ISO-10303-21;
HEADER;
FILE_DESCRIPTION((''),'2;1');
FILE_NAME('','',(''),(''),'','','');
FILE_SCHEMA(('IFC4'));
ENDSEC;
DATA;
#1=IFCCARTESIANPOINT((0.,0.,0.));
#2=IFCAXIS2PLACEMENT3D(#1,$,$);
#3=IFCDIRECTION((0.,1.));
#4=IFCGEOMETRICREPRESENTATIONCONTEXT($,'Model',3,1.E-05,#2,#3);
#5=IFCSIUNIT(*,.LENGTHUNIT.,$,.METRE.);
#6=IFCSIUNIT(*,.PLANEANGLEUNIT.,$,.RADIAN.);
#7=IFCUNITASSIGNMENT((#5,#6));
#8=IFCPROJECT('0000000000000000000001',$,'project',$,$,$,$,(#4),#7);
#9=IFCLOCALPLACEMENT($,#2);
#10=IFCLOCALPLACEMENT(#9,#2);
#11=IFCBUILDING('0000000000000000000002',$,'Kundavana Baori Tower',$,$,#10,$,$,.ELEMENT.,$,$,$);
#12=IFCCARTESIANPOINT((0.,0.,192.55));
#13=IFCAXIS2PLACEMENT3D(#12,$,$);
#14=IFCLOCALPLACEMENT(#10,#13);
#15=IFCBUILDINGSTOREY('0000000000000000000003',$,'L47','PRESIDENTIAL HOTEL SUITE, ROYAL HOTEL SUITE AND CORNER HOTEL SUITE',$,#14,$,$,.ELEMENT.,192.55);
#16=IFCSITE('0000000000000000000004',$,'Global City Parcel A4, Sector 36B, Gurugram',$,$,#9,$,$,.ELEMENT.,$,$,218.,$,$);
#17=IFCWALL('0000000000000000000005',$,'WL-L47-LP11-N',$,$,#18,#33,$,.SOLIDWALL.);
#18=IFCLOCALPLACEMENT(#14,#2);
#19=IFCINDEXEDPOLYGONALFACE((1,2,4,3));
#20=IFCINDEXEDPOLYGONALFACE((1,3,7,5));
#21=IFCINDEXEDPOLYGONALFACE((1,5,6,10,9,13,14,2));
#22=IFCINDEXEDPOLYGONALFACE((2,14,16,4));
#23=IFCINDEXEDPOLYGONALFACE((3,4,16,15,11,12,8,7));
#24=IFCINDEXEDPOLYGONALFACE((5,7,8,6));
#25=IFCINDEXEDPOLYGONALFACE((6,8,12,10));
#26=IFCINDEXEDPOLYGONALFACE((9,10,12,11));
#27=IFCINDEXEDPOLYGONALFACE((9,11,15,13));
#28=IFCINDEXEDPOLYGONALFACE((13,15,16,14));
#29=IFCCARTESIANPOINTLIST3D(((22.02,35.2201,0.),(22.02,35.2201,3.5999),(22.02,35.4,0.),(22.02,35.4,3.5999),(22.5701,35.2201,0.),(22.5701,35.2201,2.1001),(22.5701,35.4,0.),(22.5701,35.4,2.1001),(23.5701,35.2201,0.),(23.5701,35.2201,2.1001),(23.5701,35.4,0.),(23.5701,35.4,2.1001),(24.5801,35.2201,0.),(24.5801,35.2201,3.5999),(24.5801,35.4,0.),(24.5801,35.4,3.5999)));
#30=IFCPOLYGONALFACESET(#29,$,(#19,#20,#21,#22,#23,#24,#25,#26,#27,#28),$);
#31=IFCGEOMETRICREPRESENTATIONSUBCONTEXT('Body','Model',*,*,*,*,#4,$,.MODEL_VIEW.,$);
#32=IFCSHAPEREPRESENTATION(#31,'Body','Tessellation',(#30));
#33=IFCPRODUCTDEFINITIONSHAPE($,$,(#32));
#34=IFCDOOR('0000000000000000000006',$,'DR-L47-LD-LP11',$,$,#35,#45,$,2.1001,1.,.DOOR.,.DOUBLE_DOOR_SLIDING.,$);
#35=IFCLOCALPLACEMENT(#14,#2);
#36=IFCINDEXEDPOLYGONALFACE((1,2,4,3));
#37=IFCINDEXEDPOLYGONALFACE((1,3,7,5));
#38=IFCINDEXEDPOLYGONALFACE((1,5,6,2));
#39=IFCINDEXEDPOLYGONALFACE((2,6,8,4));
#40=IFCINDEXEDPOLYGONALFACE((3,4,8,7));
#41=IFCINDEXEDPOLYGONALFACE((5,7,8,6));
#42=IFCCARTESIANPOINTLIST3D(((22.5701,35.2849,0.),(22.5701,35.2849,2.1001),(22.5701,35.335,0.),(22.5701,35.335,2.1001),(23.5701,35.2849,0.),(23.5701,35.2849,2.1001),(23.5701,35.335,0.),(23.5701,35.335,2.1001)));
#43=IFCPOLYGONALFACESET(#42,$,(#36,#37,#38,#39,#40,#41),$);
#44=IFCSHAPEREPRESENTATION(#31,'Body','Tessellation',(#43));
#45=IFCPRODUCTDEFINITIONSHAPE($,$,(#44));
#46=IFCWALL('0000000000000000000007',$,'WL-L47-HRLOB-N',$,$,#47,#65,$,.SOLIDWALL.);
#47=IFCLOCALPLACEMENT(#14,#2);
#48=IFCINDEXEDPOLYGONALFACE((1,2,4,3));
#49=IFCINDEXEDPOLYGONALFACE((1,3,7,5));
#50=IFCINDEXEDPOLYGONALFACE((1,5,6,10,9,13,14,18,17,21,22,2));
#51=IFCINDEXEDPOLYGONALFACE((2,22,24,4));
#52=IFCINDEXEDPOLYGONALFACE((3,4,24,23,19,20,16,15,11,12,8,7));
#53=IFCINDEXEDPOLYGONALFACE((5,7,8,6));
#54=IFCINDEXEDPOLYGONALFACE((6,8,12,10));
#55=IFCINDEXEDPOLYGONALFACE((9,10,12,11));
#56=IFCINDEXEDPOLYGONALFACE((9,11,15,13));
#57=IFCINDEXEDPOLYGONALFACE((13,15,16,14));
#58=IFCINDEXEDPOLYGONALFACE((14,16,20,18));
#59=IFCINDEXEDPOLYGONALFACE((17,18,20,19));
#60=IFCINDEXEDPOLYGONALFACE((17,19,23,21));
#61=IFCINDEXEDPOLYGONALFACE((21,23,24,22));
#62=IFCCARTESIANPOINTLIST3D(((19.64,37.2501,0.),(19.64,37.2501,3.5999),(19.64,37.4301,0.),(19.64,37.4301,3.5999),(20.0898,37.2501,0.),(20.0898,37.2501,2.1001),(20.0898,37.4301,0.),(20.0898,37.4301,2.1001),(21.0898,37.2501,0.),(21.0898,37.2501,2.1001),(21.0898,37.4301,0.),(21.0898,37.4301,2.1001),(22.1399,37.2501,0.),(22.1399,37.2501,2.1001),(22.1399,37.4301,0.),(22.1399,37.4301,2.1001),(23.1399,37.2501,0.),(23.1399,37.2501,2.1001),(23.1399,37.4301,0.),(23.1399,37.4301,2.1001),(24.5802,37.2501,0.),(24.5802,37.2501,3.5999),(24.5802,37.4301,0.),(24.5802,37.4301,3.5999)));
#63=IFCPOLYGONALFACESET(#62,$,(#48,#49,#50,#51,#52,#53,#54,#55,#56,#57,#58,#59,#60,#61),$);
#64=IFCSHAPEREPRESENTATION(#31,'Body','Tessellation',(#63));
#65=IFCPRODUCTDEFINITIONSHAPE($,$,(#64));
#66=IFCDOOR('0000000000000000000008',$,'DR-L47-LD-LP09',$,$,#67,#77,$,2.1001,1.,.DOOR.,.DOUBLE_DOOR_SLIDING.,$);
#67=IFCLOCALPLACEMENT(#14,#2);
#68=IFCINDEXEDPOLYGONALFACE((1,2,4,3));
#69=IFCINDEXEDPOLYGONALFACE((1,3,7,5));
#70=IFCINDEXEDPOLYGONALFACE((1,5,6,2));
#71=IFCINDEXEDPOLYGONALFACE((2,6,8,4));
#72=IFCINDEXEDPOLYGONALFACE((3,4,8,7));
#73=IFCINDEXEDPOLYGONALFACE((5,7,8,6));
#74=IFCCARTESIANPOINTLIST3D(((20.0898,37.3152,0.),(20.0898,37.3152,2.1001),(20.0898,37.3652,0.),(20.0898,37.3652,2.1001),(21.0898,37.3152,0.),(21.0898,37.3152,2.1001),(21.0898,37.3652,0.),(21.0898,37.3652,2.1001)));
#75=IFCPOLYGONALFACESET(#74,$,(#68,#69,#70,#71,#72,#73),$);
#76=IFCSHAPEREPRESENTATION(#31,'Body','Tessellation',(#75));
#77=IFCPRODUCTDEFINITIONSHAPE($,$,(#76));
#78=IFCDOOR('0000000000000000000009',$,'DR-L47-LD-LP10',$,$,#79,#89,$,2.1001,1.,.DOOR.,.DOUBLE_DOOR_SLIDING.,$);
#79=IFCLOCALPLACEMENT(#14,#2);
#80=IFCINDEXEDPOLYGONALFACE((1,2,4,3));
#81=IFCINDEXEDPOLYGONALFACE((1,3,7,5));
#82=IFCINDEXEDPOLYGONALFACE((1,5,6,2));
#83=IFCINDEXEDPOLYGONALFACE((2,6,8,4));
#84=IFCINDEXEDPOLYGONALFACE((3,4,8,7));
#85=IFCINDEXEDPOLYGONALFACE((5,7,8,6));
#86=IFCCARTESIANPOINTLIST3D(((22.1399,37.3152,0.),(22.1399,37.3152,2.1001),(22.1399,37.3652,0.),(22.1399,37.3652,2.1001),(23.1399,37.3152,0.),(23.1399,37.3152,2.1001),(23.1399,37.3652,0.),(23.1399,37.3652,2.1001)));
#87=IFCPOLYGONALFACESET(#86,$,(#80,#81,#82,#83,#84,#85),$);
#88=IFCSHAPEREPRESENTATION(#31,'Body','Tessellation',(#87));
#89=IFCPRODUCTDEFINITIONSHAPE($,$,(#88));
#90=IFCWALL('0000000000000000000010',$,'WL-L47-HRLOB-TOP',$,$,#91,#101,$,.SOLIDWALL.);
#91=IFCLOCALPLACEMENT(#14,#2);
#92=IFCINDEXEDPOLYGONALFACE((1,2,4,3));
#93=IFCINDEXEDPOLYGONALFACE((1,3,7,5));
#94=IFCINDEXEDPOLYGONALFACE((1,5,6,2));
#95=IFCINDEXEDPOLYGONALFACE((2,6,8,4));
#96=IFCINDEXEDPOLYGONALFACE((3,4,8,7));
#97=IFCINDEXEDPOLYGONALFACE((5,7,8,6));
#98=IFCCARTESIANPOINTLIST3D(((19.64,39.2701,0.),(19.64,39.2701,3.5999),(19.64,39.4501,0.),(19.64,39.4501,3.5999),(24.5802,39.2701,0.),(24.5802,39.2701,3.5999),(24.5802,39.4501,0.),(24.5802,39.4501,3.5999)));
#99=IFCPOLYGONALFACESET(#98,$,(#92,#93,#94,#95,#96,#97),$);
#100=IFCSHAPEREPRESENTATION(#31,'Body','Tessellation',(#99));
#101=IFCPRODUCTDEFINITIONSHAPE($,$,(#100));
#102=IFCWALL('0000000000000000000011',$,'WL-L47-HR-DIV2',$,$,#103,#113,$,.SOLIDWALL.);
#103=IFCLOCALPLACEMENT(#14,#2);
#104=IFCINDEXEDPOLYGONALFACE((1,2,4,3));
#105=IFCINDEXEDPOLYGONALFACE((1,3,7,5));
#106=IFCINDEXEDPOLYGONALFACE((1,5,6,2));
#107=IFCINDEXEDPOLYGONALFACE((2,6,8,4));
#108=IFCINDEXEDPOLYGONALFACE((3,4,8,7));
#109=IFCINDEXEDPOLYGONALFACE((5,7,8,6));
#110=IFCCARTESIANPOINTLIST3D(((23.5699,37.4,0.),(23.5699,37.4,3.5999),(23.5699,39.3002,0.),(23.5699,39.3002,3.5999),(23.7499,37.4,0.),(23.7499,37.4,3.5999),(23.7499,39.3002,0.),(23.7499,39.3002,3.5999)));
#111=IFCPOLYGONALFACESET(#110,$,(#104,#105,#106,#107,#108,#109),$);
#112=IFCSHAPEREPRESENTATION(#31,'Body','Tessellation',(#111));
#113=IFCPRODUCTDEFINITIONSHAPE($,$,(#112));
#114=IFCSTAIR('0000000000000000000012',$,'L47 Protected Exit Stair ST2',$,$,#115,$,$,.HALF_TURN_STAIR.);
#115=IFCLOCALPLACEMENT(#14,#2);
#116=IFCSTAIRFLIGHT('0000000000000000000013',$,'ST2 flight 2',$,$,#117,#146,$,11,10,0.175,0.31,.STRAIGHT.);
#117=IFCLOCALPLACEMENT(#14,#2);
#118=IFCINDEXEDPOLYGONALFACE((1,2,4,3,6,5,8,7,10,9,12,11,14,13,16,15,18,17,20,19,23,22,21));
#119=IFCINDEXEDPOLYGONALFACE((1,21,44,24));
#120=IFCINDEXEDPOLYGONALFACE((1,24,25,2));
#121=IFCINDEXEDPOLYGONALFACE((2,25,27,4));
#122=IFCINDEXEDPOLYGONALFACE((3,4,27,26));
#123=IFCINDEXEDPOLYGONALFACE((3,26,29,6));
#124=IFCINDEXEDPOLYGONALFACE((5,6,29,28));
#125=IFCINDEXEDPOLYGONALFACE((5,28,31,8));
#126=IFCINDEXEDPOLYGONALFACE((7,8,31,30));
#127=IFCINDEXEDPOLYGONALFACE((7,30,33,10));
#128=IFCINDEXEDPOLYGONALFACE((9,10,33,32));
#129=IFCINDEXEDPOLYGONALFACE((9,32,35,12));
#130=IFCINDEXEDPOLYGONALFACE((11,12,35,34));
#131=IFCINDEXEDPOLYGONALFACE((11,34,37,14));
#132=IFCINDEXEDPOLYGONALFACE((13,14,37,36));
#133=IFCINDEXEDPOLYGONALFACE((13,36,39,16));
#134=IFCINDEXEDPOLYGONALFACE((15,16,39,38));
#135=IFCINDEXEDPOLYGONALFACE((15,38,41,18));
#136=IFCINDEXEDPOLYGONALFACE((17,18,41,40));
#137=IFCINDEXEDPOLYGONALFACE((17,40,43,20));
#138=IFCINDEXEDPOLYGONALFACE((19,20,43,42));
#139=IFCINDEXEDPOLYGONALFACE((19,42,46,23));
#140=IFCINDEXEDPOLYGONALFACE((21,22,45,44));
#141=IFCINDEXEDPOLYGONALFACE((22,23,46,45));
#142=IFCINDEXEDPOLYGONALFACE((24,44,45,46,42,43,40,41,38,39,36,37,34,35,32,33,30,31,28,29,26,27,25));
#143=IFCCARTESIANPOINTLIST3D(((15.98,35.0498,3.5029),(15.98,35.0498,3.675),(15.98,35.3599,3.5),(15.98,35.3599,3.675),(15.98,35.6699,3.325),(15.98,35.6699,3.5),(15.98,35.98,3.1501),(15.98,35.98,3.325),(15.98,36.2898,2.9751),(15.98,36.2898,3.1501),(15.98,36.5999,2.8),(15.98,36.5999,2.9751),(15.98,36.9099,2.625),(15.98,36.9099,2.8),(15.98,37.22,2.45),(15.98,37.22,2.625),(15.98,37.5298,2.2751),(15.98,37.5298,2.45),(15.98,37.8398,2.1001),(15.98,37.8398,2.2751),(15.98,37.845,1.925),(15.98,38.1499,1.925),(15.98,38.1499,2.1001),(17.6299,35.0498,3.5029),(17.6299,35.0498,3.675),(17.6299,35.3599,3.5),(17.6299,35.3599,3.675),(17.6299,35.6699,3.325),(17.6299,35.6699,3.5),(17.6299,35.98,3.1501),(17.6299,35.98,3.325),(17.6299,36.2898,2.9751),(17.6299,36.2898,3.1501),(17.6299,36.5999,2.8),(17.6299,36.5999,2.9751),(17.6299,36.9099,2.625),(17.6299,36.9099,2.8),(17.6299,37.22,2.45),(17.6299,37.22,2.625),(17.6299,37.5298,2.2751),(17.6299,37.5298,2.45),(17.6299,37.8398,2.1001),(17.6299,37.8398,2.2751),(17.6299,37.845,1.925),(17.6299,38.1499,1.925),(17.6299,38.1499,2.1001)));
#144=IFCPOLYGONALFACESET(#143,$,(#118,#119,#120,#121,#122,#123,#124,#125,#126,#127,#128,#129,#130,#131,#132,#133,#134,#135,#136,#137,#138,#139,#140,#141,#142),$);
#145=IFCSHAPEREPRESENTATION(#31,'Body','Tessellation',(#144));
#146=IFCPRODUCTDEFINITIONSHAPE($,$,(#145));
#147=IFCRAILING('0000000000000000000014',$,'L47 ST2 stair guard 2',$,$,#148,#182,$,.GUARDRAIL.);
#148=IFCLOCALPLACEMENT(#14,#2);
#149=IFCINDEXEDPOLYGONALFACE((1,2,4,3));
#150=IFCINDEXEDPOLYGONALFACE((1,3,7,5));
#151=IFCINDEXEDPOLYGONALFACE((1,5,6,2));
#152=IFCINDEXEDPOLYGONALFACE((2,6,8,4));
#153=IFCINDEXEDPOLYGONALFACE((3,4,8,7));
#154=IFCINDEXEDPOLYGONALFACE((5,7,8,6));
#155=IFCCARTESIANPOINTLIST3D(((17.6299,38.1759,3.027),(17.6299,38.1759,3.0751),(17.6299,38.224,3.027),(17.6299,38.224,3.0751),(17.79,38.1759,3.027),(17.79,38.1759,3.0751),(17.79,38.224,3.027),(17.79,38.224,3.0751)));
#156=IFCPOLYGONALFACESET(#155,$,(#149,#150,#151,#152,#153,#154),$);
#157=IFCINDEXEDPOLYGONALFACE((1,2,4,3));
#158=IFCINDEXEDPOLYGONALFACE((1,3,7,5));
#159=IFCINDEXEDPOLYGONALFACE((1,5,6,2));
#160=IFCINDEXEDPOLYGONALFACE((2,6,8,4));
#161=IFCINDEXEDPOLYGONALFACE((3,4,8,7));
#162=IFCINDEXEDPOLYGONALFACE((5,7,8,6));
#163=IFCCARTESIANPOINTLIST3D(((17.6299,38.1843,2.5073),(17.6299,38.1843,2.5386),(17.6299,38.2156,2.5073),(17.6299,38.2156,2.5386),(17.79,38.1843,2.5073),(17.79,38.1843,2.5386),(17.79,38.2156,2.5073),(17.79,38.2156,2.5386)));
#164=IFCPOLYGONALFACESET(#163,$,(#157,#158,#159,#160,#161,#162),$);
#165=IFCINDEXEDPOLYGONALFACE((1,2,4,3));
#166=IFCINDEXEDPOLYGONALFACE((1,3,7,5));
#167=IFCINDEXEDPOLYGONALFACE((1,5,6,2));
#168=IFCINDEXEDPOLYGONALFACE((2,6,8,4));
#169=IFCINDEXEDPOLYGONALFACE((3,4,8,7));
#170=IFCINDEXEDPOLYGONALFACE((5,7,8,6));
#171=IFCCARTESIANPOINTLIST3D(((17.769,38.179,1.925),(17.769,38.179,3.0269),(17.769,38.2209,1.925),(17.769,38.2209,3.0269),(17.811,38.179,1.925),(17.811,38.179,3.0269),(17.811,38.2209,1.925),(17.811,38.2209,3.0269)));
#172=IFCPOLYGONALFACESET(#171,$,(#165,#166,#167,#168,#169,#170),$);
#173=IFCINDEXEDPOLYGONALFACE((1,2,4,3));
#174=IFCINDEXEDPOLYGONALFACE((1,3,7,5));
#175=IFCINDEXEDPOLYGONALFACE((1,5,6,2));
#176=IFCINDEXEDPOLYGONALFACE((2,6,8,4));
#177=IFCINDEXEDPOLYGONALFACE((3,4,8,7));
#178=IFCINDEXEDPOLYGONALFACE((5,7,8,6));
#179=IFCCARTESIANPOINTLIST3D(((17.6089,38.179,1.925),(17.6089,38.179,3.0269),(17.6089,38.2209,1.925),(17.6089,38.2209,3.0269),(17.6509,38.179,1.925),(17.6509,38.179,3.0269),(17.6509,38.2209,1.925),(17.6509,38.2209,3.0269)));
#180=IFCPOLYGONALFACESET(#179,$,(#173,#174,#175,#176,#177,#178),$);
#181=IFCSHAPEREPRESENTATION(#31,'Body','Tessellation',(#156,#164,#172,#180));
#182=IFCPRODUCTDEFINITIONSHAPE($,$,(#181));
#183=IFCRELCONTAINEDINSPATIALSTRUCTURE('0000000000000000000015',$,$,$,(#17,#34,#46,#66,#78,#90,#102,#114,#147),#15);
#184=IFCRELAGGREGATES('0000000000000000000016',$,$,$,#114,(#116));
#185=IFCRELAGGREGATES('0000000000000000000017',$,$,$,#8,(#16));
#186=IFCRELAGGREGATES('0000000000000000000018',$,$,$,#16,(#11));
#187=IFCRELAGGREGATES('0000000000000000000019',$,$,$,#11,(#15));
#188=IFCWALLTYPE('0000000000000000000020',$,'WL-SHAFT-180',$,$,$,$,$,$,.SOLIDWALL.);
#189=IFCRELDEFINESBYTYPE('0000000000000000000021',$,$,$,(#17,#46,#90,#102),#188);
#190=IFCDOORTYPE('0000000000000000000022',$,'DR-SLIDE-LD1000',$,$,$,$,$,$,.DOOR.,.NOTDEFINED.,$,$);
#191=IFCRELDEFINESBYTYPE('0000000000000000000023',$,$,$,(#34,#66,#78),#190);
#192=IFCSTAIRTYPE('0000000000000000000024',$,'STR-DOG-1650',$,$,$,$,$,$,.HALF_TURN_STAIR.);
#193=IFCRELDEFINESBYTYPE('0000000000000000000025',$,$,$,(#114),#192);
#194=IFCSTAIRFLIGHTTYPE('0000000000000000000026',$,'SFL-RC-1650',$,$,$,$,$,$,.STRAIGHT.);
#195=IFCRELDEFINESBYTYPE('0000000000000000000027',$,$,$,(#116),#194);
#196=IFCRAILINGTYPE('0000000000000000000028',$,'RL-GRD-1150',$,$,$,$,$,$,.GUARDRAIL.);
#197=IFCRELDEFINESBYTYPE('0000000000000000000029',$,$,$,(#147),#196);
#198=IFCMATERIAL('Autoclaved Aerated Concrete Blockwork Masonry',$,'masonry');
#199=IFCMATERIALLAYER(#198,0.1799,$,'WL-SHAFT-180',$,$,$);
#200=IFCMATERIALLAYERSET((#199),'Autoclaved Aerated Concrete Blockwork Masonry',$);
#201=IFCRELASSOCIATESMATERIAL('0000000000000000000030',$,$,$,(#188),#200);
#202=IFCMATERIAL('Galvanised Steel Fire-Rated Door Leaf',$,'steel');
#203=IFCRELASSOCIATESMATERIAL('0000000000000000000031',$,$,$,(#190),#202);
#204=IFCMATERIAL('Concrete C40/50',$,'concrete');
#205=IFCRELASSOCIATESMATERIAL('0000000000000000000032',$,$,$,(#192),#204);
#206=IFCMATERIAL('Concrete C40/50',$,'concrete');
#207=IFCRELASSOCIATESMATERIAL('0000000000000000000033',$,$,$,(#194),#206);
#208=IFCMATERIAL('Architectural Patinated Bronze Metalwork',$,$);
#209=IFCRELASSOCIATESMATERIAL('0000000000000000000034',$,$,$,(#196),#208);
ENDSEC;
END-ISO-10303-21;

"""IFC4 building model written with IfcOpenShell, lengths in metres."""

from ifc_helpers import new_model, si_unit, direction, frame, frame_2d, origin, origin_2d, place, context, subcontext, project, spatial, polyline, rectangle, outline, extrude, material, layer, layer_set, type_object, element, fill, aggregate, save


model = new_model("IFC4")

# Units and contexts
model_context = context("Model", 3, precision=1e-05, world=origin(), true_north=direction((0.0, 1.0)))
body_context = subcontext(model_context, "Body", "Model", "MODEL_VIEW")
ifc_project = project(units=[si_unit("LENGTHUNIT", "METRE"), si_unit("PLANEANGLEUNIT", "RADIAN")], contexts=[model_context])

# Site, building, storey
site_placement = place(None, origin())
site = spatial("IfcSite", under=ifc_project, at=site_placement, Name="Global City Parcel A4, Sector 36B, Gurugram", CompositionType="ELEMENT", RefElevation=218.0)
building_placement = place(site_placement, origin())
building = spatial("IfcBuilding", under=site, at=building_placement, Name="Kundavana Baori Tower", CompositionType="ELEMENT")
storey_placement = place(building_placement, frame((0.0, 0.0, 192.55)))
storey = spatial("IfcBuildingStorey", under=building, at=storey_placement, Name="L47", Description="PRESIDENTIAL HOTEL SUITE, ROYAL HOTEL SUITE AND CORNER HOTEL SUITE", CompositionType="ELEMENT", Elevation=192.55)

# Wall, opening, door
ifc_material_1 = material(Name="Autoclaved Aerated Concrete Blockwork Masonry", Category="masonry")
ifc_layer_1 = layer(ifc_material_1, 0.1799, Name="WL-SHAFT-180")
ifc_layer_set_1 = layer_set([ifc_layer_1], Name="Autoclaved Aerated Concrete Blockwork Masonry")
wall_type_1 = type_object("IfcWallType", Name="WL-SHAFT-180", PredefinedType="SOLIDWALL", material=ifc_layer_set_1)
wall_1_placement = place(storey_placement, frame((22.02, 35.3101, 0.0), z_axis=(0.0, 0.0, 1.0), x_axis=(1.0, 0.0, 0.0)))
wall_1 = element("IfcWall", 1, at=wall_1_placement, inside=storey, type_object=wall_type_1, Name="WL-L47-LP11-N", PredefinedType="SOLIDWALL", context=body_context, shape_type="SweptSolid", body=[
    extrude(rectangle(XDim=2.5601, YDim=0.1799, at=frame_2d((1.28, 0.0))), origin(), (0.0, 0.0, 1.0), 3.5999),
])
opening_1_placement = place(wall_1_placement, frame((0.55, 0.0, 0.0)))
opening_1 = element("IfcOpeningElement", 2, at=opening_1_placement, cuts=wall_1, PredefinedType="OPENING", context=body_context, shape_type="SweptSolid", body=[
    extrude(rectangle(XDim=1.0, YDim=2.1001, at=frame_2d((0.5, 1.05))), frame((0.0, 0.1001, 0.0), z_axis=(0.0, -1.0, 0.0), x_axis=(1.0, 0.0, 0.0)), (0.0, 0.0, 1.0), 0.2),
])
ifc_material_2 = material(Name="Galvanised Steel Fire-Rated Door Leaf", Category="steel")
door_type_1 = type_object("IfcDoorType", Name="DR-SLIDE-LD1000", OperationType="NOTDEFINED", PredefinedType="DOOR", material=ifc_material_2)
door_1_placement = place(opening_1_placement, origin())
door_1 = element("IfcDoor", 3, at=door_1_placement, inside=storey, type_object=door_type_1, Name="DR-L47-LD-LP11", OperationType="DOUBLE_DOOR_SLIDING", OverallHeight=2.1001, OverallWidth=1.0, PredefinedType="DOOR", context=body_context, shape_type="SweptSolid", body=[
    extrude(rectangle(XDim=1.0, YDim=2.1001, at=frame_2d((0.5, 1.05))), frame((0.0, 0.0249, 0.0), z_axis=(0.0, -1.0, 0.0), x_axis=(1.0, 0.0, 0.0)), (0.0, 0.0, 1.0), 0.05),
])
fill(opening_1, door_1)

# Wall, openings, doors
wall_2_placement = place(storey_placement, frame((19.6399, 37.3401, 0.0), z_axis=(0.0, 0.0, 1.0), x_axis=(1.0, 0.0, 0.0)))
wall_2 = element("IfcWall", 4, at=wall_2_placement, inside=storey, type_object=wall_type_1, Name="WL-L47-HRLOB-N", PredefinedType="SOLIDWALL", context=body_context, shape_type="SweptSolid", body=[
    extrude(rectangle(XDim=4.9402, YDim=0.1799, at=frame_2d((2.4702, 0.0))), origin(), (0.0, 0.0, 1.0), 3.5999),
])
opening_2_placement = place(wall_2_placement, frame((0.45, 0.0, 0.0)))
opening_2 = element("IfcOpeningElement", 5, at=opening_2_placement, cuts=wall_2, PredefinedType="OPENING", context=body_context, shape_type="SweptSolid", body=[
    extrude(rectangle(XDim=1.0, YDim=2.1001, at=frame_2d((0.5, 1.05))), frame((0.0, 0.1001, 0.0), z_axis=(0.0, -1.0, 0.0), x_axis=(1.0, 0.0, 0.0)), (0.0, 0.0, 1.0), 0.2),
])
opening_3_placement = place(wall_2_placement, frame((2.5, 0.0, 0.0)))
opening_3 = element("IfcOpeningElement", 6, at=opening_3_placement, cuts=wall_2, PredefinedType="OPENING", context=body_context, shape_type="SweptSolid", body=[
    extrude(rectangle(XDim=1.0, YDim=2.1001, at=frame_2d((0.5, 1.05))), frame((0.0, 0.1001, 0.0), z_axis=(0.0, -1.0, 0.0), x_axis=(1.0, 0.0, 0.0)), (0.0, 0.0, 1.0), 0.2),
])
door_2_placement = place(opening_2_placement, frame((1.0, 0.0, 0.0), z_axis=(0.0, 0.0, 1.0), x_axis=(-1.0, 0.0, 0.0)))
door_2 = element("IfcDoor", 7, at=door_2_placement, inside=storey, type_object=door_type_1, Name="DR-L47-LD-LP09", OperationType="DOUBLE_DOOR_SLIDING", OverallHeight=2.1001, OverallWidth=1.0, PredefinedType="DOOR", context=body_context, shape_type="SweptSolid", body=[
    extrude(rectangle(XDim=1.0, YDim=2.1001, at=frame_2d((0.5, 1.05))), frame((0.0, 0.0249, 0.0), z_axis=(0.0, -1.0, 0.0), x_axis=(1.0, 0.0, 0.0)), (0.0, 0.0, 1.0), 0.05),
])
fill(opening_2, door_2)
door_3_placement = place(opening_3_placement, frame((1.0, 0.0, 0.0), z_axis=(0.0, 0.0, 1.0), x_axis=(-1.0, 0.0, 0.0)))
door_3 = element("IfcDoor", 8, at=door_3_placement, inside=storey, type_object=door_type_1, Name="DR-L47-LD-LP10", OperationType="DOUBLE_DOOR_SLIDING", OverallHeight=2.1001, OverallWidth=1.0, PredefinedType="DOOR", context=body_context, shape_type="SweptSolid", body=[
    extrude(rectangle(XDim=1.0, YDim=2.1001, at=frame_2d((0.5, 1.05))), frame((0.0, 0.0249, 0.0), z_axis=(0.0, -1.0, 0.0), x_axis=(1.0, 0.0, 0.0)), (0.0, 0.0, 1.0), 0.05),
])
fill(opening_3, door_3)

# Walls
wall_3_placement = place(storey_placement, frame((19.6399, 39.3601, 0.0), z_axis=(0.0, 0.0, 1.0), x_axis=(1.0, 0.0, 0.0)))
element("IfcWall", 9, at=wall_3_placement, inside=storey, type_object=wall_type_1, Name="WL-L47-HRLOB-TOP", PredefinedType="SOLIDWALL", context=body_context, shape_type="SweptSolid", body=[
    extrude(rectangle(XDim=4.9402, YDim=0.1799, at=frame_2d((2.4702, 0.0))), origin(), (0.0, 0.0, 1.0), 3.5999),
])
wall_4_placement = place(storey_placement, frame((23.6599, 37.3999, 0.0), z_axis=(0.0, 0.0, 1.0), x_axis=(0.0, 1.0, 0.0)))
element("IfcWall", 10, at=wall_4_placement, inside=storey, type_object=wall_type_1, Name="WL-L47-HR-DIV2", PredefinedType="SOLIDWALL", context=body_context, shape_type="SweptSolid", body=[
    extrude(rectangle(XDim=1.9001, YDim=0.1799, at=frame_2d((0.9502, 0.0))), origin(), (0.0, 0.0, 1.0), 3.5999),
])

# Stair, stair flight
ifc_material_3 = material(Name="Concrete C40/50", Category="concrete")
stair_type = type_object("IfcStairType", Name="STR-DOG-1650", PredefinedType="HALF_TURN_STAIR", material=ifc_material_3)
stair_placement = place(storey_placement, origin())
stair = element("IfcStair", 11, at=stair_placement, inside=storey, type_object=stair_type, Name="L47 Protected Exit Stair ST2", PredefinedType="HALF_TURN_STAIR")
ifc_material_4 = material(Name="Concrete C40/50", Category="concrete")
stair_flight_type = type_object("IfcStairFlightType", Name="SFL-RC-1650", PredefinedType="STRAIGHT", material=ifc_material_4)
stair_flight_placement = place(storey_placement, frame((16.8049, 38.1499, 1.925), z_axis=(0.0, 0.0, 1.0), x_axis=(0.0, -1.0, 0.0)))
stair_flight = element("IfcStairFlight", 12, at=stair_flight_placement, type_object=stair_flight_type, Name="ST2 flight 2", NumberOfRisers=11, NumberOfTreads=10, PredefinedType="STRAIGHT", RiserHeight=0.175, TreadLength=0.31, context=body_context, shape_type="SweptSolid", body=[
    extrude(outline(polyline([(0.0, 0.0), (0.0, 0.175), (0.3101, 0.175), (0.3101, 0.3501), (0.6201, 0.3501), (0.6201, 0.5249), (0.9299, 0.5249), (0.9299, 0.7), (1.24, 0.7), (1.24, 0.875), (1.55, 0.875), (1.55, 1.05), (1.8601, 1.05), (1.8601, 1.2251), (2.1699, 1.2251), (2.1699, 1.3999), (2.48, 1.3999), (2.48, 1.575), (2.79, 1.575), (2.79, 1.75), (3.1001, 1.75), (3.1001, 1.925), (3.1001, 1.5779), (0.3049, 0.0), (0.0, 0.0)])), frame((0.0, 0.825, 0.0), z_axis=(0.0, -1.0, 0.0), x_axis=(1.0, 0.0, 0.0)), (0.0, 0.0, 1.0), 1.6499),
])
aggregate(stair, [stair_flight])

# Railing
ifc_material_5 = material(Name="Architectural Patinated Bronze Metalwork")
railing_type_1 = type_object("IfcRailingType", Name="RL-GRD-1150", PredefinedType="GUARDRAIL", material=ifc_material_5)
railing_1_placement = place(storey_placement, frame((17.79, 38.2, 1.925)))
element("IfcRailing", 13, at=railing_1_placement, inside=storey, type_object=railing_type_1, Name="L47 ST2 stair guard 2", PredefinedType="GUARDRAIL", context=body_context, shape_type="SweptSolid", body=[
    extrude(rectangle(XDim=0.0481, YDim=0.0481, at=origin_2d()), frame((0.0, 0.0, 1.126), z_axis=(-1.0, 0.0, 0.0), x_axis=(0.0, -1.0, 0.0)), (0.0, 0.0, 1.0), 0.1602),
    extrude(rectangle(XDim=0.0312, YDim=0.0312, at=origin_2d()), frame((0.0, 0.0, 0.5979), z_axis=(-1.0, 0.0, 0.0), x_axis=(0.0, -1.0, 0.0)), (0.0, 0.0, 1.0), 0.1602),
    extrude(rectangle(XDim=0.042, YDim=0.042, at=origin_2d()), origin(), (0.0, 0.0, 1.0), 1.1018),
    extrude(rectangle(XDim=0.042, YDim=0.042, at=origin_2d()), frame((-0.1602, 0.0, 0.0)), (0.0, 0.0, 1.0), 1.1018),
])

save(model, "model.ifc")
